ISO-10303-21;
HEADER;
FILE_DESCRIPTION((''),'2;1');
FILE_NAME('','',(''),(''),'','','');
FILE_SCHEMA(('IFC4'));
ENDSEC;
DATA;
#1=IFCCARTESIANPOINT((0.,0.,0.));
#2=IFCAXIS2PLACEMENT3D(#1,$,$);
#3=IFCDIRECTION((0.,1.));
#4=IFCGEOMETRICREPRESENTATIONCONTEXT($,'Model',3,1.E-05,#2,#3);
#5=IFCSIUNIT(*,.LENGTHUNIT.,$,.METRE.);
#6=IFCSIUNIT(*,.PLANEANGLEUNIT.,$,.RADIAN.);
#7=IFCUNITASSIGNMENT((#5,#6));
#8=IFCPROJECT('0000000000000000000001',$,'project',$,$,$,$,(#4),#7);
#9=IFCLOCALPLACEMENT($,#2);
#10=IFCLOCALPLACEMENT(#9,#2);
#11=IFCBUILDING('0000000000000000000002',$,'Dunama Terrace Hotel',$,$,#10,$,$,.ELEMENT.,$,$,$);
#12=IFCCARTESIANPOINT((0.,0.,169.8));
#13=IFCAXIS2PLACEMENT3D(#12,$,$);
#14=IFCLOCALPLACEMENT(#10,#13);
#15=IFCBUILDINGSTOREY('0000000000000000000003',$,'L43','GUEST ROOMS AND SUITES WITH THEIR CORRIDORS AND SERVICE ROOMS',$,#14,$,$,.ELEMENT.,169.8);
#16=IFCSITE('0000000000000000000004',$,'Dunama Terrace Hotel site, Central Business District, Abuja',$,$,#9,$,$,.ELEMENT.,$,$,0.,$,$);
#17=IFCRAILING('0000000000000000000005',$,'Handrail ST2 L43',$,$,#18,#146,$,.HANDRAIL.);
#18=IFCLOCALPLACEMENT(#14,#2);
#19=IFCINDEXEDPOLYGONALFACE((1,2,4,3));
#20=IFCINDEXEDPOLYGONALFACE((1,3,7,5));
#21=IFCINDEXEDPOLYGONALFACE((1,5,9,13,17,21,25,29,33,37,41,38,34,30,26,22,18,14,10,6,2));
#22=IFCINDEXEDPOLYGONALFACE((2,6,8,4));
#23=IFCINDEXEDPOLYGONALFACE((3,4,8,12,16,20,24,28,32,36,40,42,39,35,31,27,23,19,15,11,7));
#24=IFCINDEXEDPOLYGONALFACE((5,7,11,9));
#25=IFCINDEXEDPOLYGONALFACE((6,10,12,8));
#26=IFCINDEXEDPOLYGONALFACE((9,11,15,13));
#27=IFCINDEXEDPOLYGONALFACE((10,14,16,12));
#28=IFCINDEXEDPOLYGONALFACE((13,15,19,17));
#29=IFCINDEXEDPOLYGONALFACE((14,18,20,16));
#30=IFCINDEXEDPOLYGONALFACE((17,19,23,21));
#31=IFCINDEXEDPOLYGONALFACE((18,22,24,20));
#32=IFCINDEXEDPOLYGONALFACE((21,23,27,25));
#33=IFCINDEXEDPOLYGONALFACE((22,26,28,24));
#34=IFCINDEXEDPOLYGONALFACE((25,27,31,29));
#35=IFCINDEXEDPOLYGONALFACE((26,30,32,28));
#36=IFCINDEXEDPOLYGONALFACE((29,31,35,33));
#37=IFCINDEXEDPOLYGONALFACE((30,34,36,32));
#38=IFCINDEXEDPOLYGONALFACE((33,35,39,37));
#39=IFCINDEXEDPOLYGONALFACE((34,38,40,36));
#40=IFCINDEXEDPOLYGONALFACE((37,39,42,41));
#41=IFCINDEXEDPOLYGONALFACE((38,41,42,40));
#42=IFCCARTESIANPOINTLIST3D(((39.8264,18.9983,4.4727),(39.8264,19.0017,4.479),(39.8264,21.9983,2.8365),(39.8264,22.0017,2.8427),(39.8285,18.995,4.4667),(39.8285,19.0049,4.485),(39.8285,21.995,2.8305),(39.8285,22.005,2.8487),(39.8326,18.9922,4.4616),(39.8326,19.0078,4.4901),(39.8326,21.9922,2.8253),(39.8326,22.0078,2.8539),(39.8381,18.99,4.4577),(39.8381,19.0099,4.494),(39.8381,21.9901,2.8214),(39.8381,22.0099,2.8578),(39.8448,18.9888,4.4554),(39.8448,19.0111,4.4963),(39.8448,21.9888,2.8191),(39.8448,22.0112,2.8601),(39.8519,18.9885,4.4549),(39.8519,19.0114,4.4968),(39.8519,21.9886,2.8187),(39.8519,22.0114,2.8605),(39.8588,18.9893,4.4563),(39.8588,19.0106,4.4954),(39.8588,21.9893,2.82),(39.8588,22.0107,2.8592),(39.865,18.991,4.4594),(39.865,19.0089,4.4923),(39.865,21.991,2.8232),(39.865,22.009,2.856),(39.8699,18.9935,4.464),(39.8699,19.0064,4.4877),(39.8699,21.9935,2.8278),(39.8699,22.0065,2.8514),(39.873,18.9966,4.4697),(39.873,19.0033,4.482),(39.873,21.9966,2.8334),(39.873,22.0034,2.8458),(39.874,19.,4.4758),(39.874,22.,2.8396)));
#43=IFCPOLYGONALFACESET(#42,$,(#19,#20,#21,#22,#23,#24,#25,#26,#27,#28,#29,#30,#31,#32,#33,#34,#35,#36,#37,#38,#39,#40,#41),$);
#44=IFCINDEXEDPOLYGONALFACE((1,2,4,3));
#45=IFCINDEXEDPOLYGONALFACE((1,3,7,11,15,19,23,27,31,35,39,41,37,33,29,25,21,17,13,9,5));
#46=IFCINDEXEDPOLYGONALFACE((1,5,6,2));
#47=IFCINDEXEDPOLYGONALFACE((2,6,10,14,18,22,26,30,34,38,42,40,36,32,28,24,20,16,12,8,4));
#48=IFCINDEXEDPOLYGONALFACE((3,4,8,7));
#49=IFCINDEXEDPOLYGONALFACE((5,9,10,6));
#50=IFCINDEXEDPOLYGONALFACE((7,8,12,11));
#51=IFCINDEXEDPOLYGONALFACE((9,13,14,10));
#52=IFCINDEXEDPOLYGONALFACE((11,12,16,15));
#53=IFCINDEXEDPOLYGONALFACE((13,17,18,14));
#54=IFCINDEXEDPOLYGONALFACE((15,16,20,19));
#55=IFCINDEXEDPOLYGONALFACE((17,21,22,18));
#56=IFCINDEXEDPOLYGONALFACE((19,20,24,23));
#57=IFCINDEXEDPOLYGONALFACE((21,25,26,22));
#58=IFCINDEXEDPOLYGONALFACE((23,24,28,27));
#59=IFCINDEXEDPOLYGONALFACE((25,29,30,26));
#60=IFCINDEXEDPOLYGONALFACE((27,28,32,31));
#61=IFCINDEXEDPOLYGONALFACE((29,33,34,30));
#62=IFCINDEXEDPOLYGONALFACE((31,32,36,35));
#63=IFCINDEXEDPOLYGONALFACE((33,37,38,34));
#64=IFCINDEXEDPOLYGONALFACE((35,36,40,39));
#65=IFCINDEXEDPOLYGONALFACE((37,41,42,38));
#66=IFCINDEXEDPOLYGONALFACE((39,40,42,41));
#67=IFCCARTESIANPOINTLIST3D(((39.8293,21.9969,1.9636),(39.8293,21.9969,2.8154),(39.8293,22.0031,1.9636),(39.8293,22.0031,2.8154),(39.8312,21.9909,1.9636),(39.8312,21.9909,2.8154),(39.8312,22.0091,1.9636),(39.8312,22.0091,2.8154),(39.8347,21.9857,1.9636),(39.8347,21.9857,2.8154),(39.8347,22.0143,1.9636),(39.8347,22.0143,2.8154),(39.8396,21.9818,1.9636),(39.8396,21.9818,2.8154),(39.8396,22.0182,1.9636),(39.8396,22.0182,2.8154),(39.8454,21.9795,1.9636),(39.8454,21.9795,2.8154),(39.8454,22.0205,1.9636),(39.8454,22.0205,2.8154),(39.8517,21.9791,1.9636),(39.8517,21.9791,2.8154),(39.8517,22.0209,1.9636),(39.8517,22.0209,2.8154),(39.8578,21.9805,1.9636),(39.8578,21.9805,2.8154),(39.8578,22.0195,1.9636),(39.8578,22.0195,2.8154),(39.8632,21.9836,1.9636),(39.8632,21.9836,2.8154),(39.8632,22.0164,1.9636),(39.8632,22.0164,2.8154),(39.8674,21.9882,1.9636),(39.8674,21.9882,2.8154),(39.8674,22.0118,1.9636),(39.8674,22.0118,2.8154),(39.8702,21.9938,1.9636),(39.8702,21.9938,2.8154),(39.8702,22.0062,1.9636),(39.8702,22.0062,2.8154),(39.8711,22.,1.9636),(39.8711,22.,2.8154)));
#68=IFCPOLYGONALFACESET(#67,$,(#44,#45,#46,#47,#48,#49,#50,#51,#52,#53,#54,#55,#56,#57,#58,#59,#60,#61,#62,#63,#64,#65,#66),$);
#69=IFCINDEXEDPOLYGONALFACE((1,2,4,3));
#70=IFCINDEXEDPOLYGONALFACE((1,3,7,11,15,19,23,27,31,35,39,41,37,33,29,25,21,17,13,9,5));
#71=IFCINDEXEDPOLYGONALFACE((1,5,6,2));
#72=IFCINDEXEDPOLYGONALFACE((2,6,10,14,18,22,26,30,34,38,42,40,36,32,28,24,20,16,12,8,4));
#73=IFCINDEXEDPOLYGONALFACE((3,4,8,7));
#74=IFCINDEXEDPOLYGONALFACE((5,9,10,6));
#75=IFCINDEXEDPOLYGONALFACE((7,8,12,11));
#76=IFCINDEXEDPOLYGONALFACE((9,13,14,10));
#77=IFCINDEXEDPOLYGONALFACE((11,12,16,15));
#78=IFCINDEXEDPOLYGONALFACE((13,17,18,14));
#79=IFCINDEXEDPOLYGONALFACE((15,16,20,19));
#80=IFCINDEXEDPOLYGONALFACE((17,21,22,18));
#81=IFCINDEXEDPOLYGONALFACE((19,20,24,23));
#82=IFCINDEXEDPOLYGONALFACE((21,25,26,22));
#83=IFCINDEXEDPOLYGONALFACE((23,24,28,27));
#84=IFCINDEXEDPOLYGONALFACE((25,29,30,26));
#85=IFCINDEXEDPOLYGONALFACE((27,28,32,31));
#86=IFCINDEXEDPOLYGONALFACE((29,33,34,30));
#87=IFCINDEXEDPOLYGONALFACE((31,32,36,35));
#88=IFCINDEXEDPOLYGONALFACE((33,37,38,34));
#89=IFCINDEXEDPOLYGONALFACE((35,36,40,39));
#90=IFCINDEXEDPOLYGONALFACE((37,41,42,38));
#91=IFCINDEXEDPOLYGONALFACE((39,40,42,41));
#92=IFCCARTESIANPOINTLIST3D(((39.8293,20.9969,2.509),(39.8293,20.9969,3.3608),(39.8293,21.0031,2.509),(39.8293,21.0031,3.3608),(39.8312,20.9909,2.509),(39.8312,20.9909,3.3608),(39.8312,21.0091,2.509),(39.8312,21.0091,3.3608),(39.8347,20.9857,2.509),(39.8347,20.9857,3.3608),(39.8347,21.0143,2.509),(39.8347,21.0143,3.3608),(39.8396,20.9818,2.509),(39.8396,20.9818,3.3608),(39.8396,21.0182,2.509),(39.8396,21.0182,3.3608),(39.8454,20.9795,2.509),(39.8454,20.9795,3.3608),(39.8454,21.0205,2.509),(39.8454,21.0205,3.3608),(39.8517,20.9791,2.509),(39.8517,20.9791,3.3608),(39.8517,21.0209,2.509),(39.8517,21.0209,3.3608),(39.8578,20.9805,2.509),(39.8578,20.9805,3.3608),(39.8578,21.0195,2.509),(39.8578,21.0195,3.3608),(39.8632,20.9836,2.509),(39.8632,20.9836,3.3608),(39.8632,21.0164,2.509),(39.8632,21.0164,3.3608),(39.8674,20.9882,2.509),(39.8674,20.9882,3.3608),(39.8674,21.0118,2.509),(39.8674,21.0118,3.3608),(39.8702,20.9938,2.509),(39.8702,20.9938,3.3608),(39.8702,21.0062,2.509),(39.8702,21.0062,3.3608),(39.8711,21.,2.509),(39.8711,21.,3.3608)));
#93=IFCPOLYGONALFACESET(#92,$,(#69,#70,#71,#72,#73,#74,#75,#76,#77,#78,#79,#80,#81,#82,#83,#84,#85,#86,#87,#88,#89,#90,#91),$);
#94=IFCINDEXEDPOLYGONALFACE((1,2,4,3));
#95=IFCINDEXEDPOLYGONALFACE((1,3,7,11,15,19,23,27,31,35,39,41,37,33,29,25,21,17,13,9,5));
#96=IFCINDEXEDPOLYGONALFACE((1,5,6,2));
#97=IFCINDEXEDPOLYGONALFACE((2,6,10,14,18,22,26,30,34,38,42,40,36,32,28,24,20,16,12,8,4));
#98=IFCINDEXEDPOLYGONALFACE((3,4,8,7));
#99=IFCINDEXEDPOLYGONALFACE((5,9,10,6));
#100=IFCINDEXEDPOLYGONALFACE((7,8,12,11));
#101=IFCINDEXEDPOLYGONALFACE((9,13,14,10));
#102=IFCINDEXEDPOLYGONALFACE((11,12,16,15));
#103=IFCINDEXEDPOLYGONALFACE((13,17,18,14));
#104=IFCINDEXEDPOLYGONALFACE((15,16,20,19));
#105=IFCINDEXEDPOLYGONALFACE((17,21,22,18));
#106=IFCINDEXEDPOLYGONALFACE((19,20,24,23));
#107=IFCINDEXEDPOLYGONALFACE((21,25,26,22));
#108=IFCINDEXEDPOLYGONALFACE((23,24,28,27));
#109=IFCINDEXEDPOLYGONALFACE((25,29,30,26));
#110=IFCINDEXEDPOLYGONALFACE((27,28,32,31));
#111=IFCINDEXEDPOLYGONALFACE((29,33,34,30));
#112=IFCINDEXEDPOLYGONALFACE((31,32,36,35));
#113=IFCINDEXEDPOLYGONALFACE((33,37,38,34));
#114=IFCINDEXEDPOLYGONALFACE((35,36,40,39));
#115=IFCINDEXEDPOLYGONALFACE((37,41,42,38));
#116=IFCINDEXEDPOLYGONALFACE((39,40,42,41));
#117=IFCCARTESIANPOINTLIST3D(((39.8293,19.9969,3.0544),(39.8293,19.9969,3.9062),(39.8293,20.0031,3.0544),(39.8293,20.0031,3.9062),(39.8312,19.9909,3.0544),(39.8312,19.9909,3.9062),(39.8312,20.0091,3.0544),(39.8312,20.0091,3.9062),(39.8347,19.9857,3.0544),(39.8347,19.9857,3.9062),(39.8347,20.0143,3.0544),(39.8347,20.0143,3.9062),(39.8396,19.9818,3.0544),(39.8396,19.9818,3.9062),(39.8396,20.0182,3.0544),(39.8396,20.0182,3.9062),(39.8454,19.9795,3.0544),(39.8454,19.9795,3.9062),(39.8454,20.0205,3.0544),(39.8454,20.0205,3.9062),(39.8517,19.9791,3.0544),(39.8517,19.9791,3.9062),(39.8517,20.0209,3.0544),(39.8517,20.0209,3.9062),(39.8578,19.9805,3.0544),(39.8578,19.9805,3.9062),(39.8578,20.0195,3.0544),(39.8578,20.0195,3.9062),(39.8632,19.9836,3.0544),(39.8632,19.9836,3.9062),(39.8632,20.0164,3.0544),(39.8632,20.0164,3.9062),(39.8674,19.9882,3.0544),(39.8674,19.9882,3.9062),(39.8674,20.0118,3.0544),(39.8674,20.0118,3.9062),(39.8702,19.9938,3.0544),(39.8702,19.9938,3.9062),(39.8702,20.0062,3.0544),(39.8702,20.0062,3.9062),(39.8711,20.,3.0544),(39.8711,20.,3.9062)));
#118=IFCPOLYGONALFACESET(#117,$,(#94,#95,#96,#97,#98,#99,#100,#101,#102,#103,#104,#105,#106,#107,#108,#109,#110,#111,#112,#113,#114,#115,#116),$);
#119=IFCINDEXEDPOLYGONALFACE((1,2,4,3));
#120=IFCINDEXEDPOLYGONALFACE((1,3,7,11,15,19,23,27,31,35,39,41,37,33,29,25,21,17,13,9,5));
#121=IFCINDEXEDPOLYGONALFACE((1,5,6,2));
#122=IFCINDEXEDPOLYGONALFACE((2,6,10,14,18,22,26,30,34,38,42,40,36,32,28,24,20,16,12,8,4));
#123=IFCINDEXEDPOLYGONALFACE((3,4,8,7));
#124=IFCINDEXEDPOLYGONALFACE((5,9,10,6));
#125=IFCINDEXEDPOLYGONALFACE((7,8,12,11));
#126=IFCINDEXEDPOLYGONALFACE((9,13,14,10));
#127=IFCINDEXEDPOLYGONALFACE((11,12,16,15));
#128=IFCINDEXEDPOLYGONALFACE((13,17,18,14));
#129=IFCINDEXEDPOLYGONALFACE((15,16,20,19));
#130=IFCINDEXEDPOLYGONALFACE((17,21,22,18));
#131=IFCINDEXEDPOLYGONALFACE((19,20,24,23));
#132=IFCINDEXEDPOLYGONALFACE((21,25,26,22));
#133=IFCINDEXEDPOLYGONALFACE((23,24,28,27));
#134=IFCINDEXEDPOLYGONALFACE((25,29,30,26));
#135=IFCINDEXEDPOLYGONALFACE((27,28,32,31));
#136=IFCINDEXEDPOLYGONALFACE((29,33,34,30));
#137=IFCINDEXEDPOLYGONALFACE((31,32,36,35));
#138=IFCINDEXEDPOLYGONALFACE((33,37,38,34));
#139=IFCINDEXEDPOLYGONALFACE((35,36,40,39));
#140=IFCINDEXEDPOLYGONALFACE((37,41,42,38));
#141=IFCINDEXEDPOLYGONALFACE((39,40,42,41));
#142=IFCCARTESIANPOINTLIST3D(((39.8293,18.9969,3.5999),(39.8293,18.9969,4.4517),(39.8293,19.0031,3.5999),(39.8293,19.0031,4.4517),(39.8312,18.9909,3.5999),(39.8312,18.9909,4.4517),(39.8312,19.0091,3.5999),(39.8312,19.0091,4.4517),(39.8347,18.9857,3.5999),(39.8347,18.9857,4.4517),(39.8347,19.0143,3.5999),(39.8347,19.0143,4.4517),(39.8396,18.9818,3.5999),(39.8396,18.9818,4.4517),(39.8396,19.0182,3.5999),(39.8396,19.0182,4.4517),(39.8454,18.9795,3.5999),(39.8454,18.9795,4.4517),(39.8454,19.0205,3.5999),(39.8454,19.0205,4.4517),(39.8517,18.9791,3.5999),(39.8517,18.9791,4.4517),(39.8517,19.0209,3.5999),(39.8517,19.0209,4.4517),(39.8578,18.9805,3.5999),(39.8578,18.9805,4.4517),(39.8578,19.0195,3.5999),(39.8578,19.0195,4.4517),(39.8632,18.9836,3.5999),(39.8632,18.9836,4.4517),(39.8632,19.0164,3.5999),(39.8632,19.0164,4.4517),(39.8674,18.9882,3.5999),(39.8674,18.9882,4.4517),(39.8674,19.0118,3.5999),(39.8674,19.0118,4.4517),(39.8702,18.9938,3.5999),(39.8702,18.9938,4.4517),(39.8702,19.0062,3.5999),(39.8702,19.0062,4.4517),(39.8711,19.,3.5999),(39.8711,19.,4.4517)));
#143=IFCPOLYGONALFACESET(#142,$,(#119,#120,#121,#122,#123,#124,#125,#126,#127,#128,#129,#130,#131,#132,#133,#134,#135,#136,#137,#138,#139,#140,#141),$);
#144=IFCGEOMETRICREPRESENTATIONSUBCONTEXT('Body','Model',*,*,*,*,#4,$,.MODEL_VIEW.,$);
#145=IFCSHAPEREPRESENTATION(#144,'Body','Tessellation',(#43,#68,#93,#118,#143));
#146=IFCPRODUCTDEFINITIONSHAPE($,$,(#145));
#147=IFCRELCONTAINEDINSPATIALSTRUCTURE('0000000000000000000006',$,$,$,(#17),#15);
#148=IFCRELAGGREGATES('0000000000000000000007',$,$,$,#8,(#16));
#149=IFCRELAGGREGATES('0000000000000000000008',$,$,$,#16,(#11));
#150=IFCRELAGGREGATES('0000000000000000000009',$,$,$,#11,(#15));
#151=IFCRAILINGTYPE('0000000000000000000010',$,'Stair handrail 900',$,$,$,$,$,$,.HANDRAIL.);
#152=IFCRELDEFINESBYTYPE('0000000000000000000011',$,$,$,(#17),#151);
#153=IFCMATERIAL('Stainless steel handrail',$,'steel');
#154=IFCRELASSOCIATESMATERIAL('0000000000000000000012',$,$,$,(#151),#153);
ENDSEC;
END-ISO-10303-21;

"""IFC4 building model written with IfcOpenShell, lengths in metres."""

from ifc_helpers import new_model, si_unit, direction, frame, origin, origin_2d, place, context, subcontext, project, spatial, circle, extrude, material, type_object, element, save


model = new_model("IFC4")

# Units and contexts
model_context = context("Model", 3, precision=1e-05, world=origin(), true_north=direction((0.0, 1.0)))
body_context = subcontext(model_context, "Body", "Model", "MODEL_VIEW")
ifc_project = project(units=[si_unit("LENGTHUNIT", "METRE"), si_unit("PLANEANGLEUNIT", "RADIAN")], contexts=[model_context])

# Site, building, storey
site_placement = place(None, origin())
site = spatial("IfcSite", under=ifc_project, at=site_placement, Name="Dunama Terrace Hotel site, Central Business District, Abuja", CompositionType="ELEMENT", RefElevation=0.0)
building_placement = place(site_placement, origin())
building = spatial("IfcBuilding", under=site, at=building_placement, Name="Dunama Terrace Hotel", CompositionType="ELEMENT")
storey_placement = place(building_placement, frame((0.0, 0.0, 169.8)))
storey = spatial("IfcBuildingStorey", under=building, at=storey_placement, Name="L43", Description="GUEST ROOMS AND SUITES WITH THEIR CORRIDORS AND SERVICE ROOMS", CompositionType="ELEMENT", Elevation=169.8)

# Railing
ifc_material_1 = material(Name="Stainless steel handrail", Category="steel")
railing_type_1 = type_object("IfcRailingType", Name="Stair handrail 900", PredefinedType="HANDRAIL", material=ifc_material_1)
railing_1_placement = place(storey_placement, frame((39.8501, 22.0, 1.9636)))
element("IfcRailing", 1, at=railing_1_placement, inside=storey, type_object=railing_type_1, Name="Handrail ST2 L43", PredefinedType="HANDRAIL", context=body_context, shape_type="SweptSolid", body=[
    extrude(circle(Radius=0.0239, at=origin_2d()), frame((0.0, 0.0, 0.876), z_axis=(0.0, -0.877912, 0.478822), x_axis=(1.0, 0.0, 0.0)), (0.0, 0.0, 1.0), 3.4172),
    extrude(circle(Radius=0.021, at=origin_2d()), origin(), (0.0, 0.0, 1.0), 0.8518),
    extrude(circle(Radius=0.021, at=origin_2d()), frame((0.0, -1.0, 0.5454)), (0.0, 0.0, 1.0), 0.8518),
    extrude(circle(Radius=0.021, at=origin_2d()), frame((0.0, -2.0, 1.0908)), (0.0, 0.0, 1.0), 0.8518),
    extrude(circle(Radius=0.021, at=origin_2d()), frame((0.0, -3.0, 1.6362)), (0.0, 0.0, 1.0), 0.8518),
])

save(model, "model.ifc")
